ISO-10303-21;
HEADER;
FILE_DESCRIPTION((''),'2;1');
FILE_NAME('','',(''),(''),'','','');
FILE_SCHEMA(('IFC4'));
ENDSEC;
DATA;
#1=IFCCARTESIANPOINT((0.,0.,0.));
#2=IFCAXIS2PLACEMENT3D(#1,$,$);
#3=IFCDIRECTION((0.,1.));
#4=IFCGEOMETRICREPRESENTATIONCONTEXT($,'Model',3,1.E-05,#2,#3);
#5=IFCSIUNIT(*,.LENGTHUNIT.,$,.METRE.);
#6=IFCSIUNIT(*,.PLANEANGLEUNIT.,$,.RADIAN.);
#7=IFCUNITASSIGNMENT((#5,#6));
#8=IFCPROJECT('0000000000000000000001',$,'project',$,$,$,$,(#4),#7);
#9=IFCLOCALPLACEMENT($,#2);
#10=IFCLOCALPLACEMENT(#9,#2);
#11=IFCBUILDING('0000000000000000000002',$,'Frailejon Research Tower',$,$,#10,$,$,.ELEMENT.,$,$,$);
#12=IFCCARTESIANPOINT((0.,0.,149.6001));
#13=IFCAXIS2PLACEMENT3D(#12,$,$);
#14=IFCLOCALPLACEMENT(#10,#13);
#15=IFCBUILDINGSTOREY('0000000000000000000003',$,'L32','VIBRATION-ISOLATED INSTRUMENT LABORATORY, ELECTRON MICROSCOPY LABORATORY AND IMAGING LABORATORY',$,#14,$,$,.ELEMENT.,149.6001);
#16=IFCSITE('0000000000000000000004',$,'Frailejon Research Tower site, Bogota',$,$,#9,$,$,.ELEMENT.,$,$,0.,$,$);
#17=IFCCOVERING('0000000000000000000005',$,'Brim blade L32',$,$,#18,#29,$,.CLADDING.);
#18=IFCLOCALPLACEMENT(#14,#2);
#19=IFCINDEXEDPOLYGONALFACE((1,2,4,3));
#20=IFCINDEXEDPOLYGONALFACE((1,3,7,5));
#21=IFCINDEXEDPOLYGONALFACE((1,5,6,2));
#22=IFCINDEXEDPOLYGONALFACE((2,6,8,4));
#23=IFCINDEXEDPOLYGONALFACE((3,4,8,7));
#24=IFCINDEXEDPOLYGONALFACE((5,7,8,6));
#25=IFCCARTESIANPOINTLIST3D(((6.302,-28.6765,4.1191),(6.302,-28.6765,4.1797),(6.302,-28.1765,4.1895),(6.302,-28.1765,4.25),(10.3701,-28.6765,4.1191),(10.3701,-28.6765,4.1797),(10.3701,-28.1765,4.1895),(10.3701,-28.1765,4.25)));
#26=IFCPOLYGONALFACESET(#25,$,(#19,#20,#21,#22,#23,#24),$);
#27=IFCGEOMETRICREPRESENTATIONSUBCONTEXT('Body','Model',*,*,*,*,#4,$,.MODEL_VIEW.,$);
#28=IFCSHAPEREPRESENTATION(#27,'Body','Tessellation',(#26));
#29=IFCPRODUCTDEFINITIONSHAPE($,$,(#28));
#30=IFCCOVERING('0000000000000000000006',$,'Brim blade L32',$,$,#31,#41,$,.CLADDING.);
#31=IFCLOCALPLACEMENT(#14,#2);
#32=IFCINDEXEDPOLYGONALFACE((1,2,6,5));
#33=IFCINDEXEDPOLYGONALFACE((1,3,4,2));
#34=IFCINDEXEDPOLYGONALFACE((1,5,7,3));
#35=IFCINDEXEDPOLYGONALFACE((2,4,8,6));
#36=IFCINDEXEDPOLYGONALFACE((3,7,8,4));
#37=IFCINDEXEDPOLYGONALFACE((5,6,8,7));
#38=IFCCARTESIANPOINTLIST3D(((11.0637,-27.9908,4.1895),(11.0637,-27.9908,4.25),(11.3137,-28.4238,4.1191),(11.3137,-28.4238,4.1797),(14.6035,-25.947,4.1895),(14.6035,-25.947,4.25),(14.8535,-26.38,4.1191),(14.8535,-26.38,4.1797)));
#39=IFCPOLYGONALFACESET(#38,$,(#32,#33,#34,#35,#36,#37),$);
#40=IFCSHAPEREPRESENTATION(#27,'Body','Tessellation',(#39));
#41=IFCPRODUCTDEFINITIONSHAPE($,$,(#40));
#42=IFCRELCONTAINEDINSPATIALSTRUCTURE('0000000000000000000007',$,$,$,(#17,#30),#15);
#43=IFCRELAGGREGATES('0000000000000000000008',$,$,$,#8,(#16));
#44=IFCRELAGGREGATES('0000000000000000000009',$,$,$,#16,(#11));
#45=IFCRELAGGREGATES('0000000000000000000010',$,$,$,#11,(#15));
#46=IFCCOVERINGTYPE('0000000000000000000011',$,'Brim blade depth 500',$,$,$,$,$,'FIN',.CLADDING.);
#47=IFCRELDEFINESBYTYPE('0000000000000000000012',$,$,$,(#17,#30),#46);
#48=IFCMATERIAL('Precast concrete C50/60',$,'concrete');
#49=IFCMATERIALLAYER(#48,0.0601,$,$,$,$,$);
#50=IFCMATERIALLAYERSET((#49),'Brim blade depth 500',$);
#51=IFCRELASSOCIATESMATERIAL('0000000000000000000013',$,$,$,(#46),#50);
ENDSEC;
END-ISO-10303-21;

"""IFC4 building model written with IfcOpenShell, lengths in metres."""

from ifc_helpers import new_model, si_unit, direction, frame, origin, place, context, subcontext, project, spatial, polyline, outline, extrude, material, layer, layer_set, type_object, element, save


model = new_model("IFC4")

# Units and contexts
model_context = context("Model", 3, precision=1e-05, world=origin(), true_north=direction((0.0, 1.0)))
body_context = subcontext(model_context, "Body", "Model", "MODEL_VIEW")
ifc_project = project(units=[si_unit("LENGTHUNIT", "METRE"), si_unit("PLANEANGLEUNIT", "RADIAN")], contexts=[model_context])

# Site, building, storey
site_placement = place(None, origin())
site = spatial("IfcSite", under=ifc_project, at=site_placement, Name="Frailejon Research Tower site, Bogota", CompositionType="ELEMENT", RefElevation=0.0)
building_placement = place(site_placement, origin())
building = spatial("IfcBuilding", under=site, at=building_placement, Name="Frailejon Research Tower", CompositionType="ELEMENT")
storey_placement = place(building_placement, frame((0.0, 0.0, 149.6001)))
storey = spatial("IfcBuildingStorey", under=building, at=storey_placement, Name="L32", Description="VIBRATION-ISOLATED INSTRUMENT LABORATORY, ELECTRON MICROSCOPY LABORATORY AND IMAGING LABORATORY", CompositionType="ELEMENT", Elevation=149.6001)

# Coverings
ifc_material_1 = material(Name="Precast concrete C50/60", Category="concrete")
ifc_layer_1 = layer(ifc_material_1, 0.0601)
ifc_layer_set_1 = layer_set([ifc_layer_1], Name="Brim blade depth 500")
covering_type_1 = type_object("IfcCoveringType", Name="Brim blade depth 500", ElementType="FIN", PredefinedType="CLADDING", material=ifc_layer_set_1)
covering_1_placement = place(storey_placement, frame((10.3701, -28.1765, 4.25), z_axis=(-1.0, 0.0, 0.0), x_axis=(0.0, -1.0, 0.0)))
element("IfcCovering", 1, at=covering_1_placement, inside=storey, type_object=covering_type_1, Name="Brim blade L32", PredefinedType="CLADDING", context=body_context, shape_type="SweptSolid", body=[
    extrude(outline(polyline([(0.0, -0.0605), (0.5, -0.1309), (0.5, -0.0703), (0.0, 0.0), (0.0, -0.0605)])), origin(), (0.0, 0.0, 1.0), 4.0681),
])
covering_2_placement = place(storey_placement, frame((14.6035, -25.947, 4.25), z_axis=(-0.866021, -0.500007, 0.0), x_axis=(0.500007, -0.866021, 0.0)))
element("IfcCovering", 2, at=covering_2_placement, inside=storey, type_object=covering_type_1, Name="Brim blade L32", PredefinedType="CLADDING", context=body_context, shape_type="SweptSolid", body=[
    extrude(outline(polyline([(0.0, -0.0605), (0.5, -0.1309), (0.5, -0.0703), (0.0, 0.0), (0.0, -0.0605)])), origin(), (0.0, 0.0, 1.0), 4.0874),
])

save(model, "model.ifc")
